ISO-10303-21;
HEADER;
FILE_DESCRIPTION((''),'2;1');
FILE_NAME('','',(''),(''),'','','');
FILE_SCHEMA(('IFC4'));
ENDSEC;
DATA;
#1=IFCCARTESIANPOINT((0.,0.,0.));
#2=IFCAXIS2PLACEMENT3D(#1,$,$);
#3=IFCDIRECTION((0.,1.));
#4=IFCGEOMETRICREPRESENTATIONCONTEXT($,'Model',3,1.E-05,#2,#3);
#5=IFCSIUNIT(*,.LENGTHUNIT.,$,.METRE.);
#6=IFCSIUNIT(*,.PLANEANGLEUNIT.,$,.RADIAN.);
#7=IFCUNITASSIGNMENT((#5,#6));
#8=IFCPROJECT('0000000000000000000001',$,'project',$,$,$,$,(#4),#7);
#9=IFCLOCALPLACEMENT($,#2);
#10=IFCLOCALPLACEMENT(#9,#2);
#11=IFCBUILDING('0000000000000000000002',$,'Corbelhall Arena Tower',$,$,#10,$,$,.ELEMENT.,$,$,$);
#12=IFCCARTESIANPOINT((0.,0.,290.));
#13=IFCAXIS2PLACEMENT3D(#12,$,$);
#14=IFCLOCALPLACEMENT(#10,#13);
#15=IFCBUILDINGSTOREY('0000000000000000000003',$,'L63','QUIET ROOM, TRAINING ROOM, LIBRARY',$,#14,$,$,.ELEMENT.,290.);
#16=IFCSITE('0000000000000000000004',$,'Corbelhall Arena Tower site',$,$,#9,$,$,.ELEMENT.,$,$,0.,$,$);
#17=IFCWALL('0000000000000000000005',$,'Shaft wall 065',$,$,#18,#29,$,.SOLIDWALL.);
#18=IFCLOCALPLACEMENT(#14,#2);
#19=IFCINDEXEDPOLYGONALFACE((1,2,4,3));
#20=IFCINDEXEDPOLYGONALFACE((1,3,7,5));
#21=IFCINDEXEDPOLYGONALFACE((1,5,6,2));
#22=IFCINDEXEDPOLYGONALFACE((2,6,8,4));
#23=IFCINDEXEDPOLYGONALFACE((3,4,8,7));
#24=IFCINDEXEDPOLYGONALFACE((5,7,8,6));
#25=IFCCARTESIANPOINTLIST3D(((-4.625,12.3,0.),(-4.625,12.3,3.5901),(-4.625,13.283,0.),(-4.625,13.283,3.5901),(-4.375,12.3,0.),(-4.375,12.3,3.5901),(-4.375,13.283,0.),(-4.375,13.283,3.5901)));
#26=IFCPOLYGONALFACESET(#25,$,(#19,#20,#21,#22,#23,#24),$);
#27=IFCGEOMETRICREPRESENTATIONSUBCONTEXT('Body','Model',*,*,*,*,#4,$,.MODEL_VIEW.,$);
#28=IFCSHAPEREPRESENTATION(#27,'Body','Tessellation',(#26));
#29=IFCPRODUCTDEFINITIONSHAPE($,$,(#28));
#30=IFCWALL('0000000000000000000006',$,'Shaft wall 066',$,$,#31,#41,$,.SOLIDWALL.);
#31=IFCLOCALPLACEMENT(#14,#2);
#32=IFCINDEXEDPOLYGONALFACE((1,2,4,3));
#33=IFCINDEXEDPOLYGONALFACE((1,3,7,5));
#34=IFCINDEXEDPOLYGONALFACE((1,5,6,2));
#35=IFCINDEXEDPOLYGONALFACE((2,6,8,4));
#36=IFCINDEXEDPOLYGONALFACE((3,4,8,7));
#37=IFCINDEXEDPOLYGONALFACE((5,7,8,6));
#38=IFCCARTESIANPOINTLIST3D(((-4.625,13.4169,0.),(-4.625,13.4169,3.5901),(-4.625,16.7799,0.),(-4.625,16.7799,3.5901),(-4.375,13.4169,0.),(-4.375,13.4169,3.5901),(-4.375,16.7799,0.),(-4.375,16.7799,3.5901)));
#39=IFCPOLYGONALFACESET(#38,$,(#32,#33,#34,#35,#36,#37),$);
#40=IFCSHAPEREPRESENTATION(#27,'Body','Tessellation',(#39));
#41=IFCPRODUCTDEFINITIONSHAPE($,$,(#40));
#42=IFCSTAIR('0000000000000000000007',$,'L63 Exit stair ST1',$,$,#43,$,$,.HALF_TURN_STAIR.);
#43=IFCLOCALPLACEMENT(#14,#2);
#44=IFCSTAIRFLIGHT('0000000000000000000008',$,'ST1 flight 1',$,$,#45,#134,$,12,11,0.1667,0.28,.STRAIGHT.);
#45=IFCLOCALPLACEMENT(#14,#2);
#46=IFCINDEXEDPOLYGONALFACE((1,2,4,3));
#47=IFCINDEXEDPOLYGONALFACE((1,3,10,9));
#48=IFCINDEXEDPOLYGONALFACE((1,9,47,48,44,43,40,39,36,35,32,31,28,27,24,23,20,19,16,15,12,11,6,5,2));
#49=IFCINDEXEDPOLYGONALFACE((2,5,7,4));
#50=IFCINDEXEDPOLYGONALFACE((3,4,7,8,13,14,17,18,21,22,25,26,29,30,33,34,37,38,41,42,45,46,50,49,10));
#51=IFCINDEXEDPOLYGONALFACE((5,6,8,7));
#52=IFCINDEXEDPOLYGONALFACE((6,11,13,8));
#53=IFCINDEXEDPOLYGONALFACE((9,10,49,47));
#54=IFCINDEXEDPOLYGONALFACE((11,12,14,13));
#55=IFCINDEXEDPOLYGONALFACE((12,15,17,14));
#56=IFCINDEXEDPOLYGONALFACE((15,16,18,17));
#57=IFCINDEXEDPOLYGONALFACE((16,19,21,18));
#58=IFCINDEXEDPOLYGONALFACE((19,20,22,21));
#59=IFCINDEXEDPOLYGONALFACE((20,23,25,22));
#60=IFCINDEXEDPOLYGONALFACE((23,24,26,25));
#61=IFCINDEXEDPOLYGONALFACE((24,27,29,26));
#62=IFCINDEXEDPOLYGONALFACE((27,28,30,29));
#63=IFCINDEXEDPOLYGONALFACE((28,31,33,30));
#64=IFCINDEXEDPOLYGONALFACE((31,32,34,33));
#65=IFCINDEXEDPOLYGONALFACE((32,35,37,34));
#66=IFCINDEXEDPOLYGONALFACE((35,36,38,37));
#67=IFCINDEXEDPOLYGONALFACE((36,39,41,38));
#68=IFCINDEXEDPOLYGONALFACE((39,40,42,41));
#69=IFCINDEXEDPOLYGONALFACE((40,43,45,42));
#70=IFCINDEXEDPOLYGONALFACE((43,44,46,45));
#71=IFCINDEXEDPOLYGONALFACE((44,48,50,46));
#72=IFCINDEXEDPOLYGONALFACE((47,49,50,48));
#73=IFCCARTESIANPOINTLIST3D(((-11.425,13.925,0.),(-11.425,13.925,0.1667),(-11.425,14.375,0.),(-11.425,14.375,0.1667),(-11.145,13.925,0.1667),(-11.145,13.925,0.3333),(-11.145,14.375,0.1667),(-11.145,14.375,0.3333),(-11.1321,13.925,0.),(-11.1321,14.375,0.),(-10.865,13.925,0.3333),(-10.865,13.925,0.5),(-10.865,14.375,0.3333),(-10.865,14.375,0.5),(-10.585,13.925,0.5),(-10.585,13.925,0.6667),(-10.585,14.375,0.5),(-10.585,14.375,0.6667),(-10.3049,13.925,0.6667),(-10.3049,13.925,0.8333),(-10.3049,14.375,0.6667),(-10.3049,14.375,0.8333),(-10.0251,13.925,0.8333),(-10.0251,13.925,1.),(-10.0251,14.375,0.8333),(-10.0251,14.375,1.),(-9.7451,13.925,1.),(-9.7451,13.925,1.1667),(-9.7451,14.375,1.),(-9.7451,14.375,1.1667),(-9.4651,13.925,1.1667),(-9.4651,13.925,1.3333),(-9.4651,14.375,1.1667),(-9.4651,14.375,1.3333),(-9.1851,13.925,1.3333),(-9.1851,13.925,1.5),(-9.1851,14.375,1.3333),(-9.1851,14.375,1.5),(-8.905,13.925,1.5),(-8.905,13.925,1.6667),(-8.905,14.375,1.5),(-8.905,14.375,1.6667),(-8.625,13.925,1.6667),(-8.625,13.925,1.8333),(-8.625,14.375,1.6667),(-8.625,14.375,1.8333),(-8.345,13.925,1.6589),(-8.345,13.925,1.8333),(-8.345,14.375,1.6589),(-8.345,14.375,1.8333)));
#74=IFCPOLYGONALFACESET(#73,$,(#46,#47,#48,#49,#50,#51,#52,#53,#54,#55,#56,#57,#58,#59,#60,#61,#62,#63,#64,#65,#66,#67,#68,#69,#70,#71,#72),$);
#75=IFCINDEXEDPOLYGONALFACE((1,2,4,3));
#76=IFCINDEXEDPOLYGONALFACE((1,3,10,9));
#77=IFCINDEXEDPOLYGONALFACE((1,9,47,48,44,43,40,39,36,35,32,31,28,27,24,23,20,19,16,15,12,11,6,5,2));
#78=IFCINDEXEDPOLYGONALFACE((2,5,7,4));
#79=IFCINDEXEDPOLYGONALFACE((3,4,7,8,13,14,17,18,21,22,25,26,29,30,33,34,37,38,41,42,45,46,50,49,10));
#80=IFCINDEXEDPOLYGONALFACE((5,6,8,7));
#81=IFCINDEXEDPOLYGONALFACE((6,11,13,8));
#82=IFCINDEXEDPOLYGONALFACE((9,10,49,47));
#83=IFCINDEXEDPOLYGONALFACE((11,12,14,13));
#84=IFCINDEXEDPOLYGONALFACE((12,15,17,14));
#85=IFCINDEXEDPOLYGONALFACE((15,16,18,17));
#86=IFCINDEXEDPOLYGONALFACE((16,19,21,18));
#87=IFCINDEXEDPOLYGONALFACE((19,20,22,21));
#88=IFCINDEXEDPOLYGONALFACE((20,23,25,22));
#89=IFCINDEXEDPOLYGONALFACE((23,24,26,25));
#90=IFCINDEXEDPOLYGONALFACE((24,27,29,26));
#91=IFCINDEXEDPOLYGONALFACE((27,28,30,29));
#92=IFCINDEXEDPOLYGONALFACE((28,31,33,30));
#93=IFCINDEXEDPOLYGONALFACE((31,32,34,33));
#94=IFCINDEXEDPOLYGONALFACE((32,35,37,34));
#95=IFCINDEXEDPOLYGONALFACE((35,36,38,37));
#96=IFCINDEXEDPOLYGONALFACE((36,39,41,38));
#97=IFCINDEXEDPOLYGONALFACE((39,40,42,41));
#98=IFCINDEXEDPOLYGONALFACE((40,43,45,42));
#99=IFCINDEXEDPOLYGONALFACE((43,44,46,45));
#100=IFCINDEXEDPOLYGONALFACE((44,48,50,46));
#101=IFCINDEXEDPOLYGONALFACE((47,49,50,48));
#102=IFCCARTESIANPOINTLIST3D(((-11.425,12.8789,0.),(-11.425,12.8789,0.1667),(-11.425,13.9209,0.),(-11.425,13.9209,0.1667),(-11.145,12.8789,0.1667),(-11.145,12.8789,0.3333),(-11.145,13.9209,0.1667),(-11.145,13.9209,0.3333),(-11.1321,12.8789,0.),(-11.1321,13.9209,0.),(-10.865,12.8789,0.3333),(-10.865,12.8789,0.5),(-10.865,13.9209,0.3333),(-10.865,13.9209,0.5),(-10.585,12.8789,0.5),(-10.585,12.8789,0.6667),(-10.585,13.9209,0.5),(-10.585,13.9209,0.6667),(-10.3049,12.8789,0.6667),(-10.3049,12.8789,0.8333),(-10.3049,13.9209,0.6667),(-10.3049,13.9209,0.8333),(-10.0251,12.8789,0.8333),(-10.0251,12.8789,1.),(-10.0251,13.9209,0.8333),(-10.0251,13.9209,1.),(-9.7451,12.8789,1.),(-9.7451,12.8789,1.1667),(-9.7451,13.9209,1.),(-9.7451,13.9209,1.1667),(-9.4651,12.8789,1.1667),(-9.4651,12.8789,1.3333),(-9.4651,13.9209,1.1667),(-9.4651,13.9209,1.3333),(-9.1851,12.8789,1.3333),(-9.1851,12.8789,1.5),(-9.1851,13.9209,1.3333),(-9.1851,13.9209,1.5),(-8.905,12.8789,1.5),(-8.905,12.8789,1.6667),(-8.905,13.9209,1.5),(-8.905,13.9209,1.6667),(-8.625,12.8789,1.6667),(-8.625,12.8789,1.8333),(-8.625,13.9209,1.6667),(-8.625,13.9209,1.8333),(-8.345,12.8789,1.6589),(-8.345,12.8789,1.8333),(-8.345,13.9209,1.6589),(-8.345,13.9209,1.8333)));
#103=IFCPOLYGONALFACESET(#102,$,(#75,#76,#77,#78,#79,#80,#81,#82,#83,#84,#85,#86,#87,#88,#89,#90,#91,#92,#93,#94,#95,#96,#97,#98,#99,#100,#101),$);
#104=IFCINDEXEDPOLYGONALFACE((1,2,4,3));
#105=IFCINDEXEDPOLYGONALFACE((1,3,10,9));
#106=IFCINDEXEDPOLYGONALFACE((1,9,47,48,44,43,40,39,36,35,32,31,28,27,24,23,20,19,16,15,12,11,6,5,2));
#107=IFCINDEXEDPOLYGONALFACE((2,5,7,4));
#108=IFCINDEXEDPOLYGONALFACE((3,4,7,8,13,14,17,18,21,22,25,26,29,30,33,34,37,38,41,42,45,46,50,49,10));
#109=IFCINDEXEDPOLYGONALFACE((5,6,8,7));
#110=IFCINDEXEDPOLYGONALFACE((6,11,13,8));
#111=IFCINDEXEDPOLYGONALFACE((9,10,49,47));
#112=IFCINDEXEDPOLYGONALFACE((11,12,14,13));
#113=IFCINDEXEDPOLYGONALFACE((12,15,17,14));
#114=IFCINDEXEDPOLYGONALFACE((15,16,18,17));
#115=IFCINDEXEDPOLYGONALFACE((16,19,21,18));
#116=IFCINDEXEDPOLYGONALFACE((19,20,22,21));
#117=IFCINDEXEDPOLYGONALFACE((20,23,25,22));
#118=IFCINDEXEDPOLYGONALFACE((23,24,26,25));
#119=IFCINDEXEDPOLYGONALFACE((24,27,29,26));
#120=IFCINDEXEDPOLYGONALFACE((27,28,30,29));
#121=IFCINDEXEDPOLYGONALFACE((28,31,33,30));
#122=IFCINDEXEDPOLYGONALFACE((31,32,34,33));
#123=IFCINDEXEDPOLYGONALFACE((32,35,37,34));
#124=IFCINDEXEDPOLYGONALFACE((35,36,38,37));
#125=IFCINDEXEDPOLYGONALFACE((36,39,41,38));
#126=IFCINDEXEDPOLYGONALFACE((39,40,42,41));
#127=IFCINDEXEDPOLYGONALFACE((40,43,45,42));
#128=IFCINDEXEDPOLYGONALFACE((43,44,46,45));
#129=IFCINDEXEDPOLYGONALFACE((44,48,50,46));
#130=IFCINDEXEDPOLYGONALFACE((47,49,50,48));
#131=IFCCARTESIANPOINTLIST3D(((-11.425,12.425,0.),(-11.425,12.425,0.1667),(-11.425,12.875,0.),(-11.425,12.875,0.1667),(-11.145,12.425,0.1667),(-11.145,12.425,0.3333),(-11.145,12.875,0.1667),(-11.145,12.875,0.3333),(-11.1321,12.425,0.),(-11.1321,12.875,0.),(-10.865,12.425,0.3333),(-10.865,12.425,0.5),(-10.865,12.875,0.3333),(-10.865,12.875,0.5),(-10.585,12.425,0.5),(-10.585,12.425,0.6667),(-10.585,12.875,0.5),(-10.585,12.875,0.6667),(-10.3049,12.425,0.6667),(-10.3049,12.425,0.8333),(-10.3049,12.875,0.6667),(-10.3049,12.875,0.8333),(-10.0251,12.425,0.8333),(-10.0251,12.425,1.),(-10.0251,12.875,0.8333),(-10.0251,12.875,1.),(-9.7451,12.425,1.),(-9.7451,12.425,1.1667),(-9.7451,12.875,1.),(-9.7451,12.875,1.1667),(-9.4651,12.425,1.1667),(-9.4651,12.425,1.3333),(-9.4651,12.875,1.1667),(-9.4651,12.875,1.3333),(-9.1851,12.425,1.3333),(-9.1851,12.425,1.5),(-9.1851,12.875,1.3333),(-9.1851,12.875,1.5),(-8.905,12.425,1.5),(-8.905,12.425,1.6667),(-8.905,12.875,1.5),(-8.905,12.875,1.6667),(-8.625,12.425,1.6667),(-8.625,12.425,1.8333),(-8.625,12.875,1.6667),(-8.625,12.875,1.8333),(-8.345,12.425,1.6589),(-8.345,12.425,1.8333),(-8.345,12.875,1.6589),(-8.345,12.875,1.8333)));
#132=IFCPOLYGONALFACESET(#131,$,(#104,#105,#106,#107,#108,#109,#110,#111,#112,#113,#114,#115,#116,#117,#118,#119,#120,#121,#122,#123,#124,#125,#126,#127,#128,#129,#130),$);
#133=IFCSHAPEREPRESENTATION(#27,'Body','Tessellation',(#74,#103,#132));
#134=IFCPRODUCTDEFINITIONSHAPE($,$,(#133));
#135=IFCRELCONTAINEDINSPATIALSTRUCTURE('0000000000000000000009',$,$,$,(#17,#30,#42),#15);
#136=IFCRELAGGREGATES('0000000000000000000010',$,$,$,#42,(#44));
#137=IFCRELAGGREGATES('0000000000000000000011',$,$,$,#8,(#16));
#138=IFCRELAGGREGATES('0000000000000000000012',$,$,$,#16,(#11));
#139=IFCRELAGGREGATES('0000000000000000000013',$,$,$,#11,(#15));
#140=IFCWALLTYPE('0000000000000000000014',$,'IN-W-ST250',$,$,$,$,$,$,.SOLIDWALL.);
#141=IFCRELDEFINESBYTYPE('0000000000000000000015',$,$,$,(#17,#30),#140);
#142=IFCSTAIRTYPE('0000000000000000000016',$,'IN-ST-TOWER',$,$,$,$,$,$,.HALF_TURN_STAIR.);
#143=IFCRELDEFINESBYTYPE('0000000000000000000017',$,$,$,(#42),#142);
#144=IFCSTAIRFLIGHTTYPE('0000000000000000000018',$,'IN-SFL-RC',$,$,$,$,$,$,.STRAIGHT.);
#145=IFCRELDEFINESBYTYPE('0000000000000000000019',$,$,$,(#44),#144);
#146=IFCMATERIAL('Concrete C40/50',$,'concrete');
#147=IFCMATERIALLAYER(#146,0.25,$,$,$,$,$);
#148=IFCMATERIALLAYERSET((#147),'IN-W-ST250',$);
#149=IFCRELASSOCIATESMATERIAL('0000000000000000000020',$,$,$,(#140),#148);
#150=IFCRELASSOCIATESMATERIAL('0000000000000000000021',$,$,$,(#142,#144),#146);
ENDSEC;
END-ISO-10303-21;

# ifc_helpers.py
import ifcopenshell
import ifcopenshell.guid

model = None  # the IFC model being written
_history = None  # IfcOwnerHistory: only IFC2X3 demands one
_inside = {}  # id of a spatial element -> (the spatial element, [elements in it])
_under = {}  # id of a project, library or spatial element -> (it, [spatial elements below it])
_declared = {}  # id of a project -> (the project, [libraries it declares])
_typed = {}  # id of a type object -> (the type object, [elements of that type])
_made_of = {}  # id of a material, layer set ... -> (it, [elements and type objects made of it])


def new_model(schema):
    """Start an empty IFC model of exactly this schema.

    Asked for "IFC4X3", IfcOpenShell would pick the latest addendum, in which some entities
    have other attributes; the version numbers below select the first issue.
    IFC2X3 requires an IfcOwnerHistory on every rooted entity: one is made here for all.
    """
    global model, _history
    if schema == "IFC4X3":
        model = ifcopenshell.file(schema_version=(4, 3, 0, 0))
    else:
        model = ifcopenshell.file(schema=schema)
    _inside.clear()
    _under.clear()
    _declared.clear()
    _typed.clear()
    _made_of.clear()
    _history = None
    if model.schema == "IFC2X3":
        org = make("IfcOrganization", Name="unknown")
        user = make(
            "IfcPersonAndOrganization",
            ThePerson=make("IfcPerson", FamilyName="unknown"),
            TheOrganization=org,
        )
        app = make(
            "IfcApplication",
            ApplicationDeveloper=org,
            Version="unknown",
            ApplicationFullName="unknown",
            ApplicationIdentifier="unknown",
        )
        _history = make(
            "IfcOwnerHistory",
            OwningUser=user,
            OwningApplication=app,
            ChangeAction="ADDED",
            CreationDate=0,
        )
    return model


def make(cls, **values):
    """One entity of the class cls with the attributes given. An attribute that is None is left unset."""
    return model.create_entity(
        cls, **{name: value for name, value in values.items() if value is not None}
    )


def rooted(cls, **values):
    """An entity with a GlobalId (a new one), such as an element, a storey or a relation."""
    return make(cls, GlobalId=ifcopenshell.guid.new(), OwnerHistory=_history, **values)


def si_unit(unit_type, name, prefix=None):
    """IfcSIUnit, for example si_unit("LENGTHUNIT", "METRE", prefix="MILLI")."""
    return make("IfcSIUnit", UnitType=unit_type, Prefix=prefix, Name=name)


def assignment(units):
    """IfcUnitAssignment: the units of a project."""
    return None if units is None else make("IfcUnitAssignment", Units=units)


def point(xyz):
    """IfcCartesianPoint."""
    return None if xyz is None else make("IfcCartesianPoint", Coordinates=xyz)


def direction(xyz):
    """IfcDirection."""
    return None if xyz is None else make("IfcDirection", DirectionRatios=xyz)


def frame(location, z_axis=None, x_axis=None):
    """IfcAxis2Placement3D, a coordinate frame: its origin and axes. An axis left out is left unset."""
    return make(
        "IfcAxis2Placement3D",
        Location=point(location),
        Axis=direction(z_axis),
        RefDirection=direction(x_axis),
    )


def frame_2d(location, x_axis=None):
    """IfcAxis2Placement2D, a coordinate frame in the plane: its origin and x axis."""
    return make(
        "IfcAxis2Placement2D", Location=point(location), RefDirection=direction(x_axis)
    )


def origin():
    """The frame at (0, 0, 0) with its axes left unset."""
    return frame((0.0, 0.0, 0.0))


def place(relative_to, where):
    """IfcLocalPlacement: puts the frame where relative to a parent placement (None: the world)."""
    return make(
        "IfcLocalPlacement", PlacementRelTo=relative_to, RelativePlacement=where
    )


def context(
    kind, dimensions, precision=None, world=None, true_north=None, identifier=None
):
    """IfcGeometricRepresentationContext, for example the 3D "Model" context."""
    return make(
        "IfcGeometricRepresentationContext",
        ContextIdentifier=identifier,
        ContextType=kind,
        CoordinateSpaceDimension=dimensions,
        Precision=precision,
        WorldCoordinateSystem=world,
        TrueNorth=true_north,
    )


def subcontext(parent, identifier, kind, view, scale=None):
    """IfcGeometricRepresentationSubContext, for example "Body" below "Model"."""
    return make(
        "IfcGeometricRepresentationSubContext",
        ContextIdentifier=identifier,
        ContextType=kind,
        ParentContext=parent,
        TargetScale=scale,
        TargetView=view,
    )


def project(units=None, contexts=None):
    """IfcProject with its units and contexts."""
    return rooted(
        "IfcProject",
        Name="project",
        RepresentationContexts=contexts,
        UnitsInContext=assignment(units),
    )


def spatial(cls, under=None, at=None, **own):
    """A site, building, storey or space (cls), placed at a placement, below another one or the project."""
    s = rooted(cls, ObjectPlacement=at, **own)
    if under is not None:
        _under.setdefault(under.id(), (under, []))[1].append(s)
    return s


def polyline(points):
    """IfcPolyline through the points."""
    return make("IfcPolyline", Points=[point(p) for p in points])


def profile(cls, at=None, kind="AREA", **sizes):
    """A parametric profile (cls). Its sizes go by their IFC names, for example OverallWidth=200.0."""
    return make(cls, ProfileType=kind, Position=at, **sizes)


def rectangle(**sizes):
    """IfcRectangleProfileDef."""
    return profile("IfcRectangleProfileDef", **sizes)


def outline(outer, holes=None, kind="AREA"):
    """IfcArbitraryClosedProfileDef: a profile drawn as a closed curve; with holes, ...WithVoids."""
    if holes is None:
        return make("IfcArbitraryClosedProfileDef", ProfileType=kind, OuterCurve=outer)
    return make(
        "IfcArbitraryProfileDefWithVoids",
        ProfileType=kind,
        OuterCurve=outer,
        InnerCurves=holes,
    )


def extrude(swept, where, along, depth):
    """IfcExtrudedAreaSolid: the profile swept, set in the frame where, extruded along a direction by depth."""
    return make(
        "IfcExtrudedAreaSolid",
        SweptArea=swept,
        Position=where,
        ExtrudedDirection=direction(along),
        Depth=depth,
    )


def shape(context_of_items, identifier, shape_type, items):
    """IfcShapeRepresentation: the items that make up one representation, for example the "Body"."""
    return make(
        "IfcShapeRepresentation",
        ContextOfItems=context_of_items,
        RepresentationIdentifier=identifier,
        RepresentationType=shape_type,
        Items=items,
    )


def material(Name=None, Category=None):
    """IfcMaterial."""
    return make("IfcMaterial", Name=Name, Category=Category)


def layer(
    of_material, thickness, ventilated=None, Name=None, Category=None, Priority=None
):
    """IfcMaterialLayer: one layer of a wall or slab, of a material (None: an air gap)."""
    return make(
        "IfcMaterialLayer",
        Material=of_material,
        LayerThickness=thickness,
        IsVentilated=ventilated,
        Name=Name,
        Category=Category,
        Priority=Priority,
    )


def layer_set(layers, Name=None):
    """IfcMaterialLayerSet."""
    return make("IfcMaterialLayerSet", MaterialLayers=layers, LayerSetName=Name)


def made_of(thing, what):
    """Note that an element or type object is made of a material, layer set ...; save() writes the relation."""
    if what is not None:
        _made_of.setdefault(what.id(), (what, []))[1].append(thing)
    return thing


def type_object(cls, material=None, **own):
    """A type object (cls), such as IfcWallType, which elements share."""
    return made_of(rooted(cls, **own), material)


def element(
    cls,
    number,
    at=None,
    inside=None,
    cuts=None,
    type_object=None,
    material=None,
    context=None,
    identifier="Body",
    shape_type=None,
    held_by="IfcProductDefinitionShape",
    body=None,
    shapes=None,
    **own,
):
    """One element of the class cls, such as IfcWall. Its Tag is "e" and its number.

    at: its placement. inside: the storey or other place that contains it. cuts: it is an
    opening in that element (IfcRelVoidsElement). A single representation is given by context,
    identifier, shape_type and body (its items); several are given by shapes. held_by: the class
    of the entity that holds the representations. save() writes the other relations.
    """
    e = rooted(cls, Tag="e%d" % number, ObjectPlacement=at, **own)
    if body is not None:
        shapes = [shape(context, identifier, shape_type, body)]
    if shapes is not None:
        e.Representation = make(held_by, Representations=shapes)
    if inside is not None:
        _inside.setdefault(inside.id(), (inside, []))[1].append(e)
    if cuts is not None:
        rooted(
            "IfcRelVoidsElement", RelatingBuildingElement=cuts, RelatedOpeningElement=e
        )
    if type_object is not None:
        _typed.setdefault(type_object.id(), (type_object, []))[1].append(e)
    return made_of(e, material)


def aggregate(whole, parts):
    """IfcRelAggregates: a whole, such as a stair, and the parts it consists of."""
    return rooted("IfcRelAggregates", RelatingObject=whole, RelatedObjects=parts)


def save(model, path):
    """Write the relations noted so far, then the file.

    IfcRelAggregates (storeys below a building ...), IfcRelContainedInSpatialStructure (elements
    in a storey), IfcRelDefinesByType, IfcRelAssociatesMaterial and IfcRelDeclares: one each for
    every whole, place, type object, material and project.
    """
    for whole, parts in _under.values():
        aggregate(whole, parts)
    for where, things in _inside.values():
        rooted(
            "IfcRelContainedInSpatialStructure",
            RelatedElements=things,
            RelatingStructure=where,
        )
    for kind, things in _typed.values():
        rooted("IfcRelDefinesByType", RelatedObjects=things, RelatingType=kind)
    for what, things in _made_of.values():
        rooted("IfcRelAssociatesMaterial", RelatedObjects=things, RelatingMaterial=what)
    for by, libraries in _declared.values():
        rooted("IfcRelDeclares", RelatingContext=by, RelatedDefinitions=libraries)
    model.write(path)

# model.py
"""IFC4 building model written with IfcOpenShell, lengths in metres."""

from ifc_helpers import new_model, si_unit, direction, frame, frame_2d, origin, place, context, subcontext, project, spatial, polyline, rectangle, outline, extrude, material, layer, layer_set, type_object, element, aggregate, save


model = new_model("IFC4")

# Units and contexts
model_context = context("Model", 3, precision=1e-05, world=origin(), true_north=direction((0.0, 1.0)))
body_context = subcontext(model_context, "Body", "Model", "MODEL_VIEW")
ifc_project = project(units=[si_unit("LENGTHUNIT", "METRE"), si_unit("PLANEANGLEUNIT", "RADIAN")], contexts=[model_context])

# Site, building, storey
site_placement = place(None, origin())
site = spatial("IfcSite", under=ifc_project, at=site_placement, Name="Corbelhall Arena Tower site", CompositionType="ELEMENT", RefElevation=0.0)
building_placement = place(site_placement, origin())
building = spatial("IfcBuilding", under=site, at=building_placement, Name="Corbelhall Arena Tower", CompositionType="ELEMENT")
storey_placement = place(building_placement, frame((0.0, 0.0, 290.0)))
storey = spatial("IfcBuildingStorey", under=building, at=storey_placement, Name="L63", Description="QUIET ROOM, TRAINING ROOM, LIBRARY", CompositionType="ELEMENT", Elevation=290.0)

# Walls
ifc_material_1 = material(Name="Concrete C40/50", Category="concrete")
ifc_layer_1 = layer(ifc_material_1, 0.25)
ifc_layer_set_1 = layer_set([ifc_layer_1], Name="IN-W-ST250")
wall_type_1 = type_object("IfcWallType", Name="IN-W-ST250", PredefinedType="SOLIDWALL", material=ifc_layer_set_1)
wall_1_placement = place(storey_placement, frame((-4.5, 13.283, 0.0), z_axis=(0.0, 0.0, 1.0), x_axis=(0.0, -1.0, 0.0)))
element("IfcWall", 1, at=wall_1_placement, inside=storey, type_object=wall_type_1, Name="Shaft wall 065", PredefinedType="SOLIDWALL", context=body_context, shape_type="SweptSolid", body=[
    extrude(rectangle(XDim=0.9829, YDim=0.25, at=frame_2d((0.4915, 0.0))), origin(), (0.0, 0.0, 1.0), 3.5901),
])
wall_2_placement = place(storey_placement, frame((-4.5, 16.78, 0.0), z_axis=(0.0, 0.0, 1.0), x_axis=(0.0, -1.0, 0.0)))
element("IfcWall", 2, at=wall_2_placement, inside=storey, type_object=wall_type_1, Name="Shaft wall 066", PredefinedType="SOLIDWALL", context=body_context, shape_type="SweptSolid", body=[
    extrude(rectangle(XDim=3.363, YDim=0.25, at=frame_2d((1.6816, 0.0))), origin(), (0.0, 0.0, 1.0), 3.5901),
])

# Stair, stair flight
stair_type = type_object("IfcStairType", Name="IN-ST-TOWER", PredefinedType="HALF_TURN_STAIR", material=ifc_material_1)
stair_placement = place(storey_placement, origin())
stair = element("IfcStair", 3, at=stair_placement, inside=storey, type_object=stair_type, Name="L63 Exit stair ST1", PredefinedType="HALF_TURN_STAIR")
stair_flight_type = type_object("IfcStairFlightType", Name="IN-SFL-RC", PredefinedType="STRAIGHT", material=ifc_material_1)
stair_flight_1_placement = place(storey_placement, frame((-11.425, 13.3999, 0.0), z_axis=(0.0, 0.0, 1.0), x_axis=(1.0, 0.0, 0.0)))
stair_flight_1 = element("IfcStairFlight", 4, at=stair_flight_1_placement, type_object=stair_flight_type, Name="ST1 flight 1", NumberOfRisers=12, NumberOfTreads=11, PredefinedType="STRAIGHT", RiserHeight=0.1667, TreadLength=0.28, context=body_context, shape_type="SweptSolid", body=[
    extrude(outline(polyline([(0.0, 0.0), (0.0, 0.1667), (0.28, 0.1667), (0.28, 0.3333), (0.5601, 0.3333), (0.5601, 0.5), (0.8401, 0.5), (0.8401, 0.6667), (1.1201, 0.6667), (1.1201, 0.8333), (1.3999, 0.8333), (1.3999, 1.0), (1.6799, 1.0), (1.6799, 1.1667), (1.96, 1.1667), (1.96, 1.3333), (2.24, 1.3333), (2.24, 1.5), (2.52, 1.5), (2.52, 1.6667), (2.8, 1.6667), (2.8, 1.8333), (3.0801, 1.8333), (3.0801, 2.0), (3.0801, 1.6589), (0.293, 0.0), (0.0, 0.0)])), frame((0.0, 0.9751, 0.0), z_axis=(0.0, -1.0, 0.0), x_axis=(1.0, 0.0, 0.0)), (0.0, 0.0, 1.0), 0.45),
    extrude(outline(polyline([(0.0, 0.0), (0.0, 0.1667), (0.28, 0.1667), (0.28, 0.3333), (0.5601, 0.3333), (0.5601, 0.5), (0.8401, 0.5), (0.8401, 0.6667), (1.1201, 0.6667), (1.1201, 0.8333), (1.3999, 0.8333), (1.3999, 1.0), (1.6799, 1.0), (1.6799, 1.1667), (1.96, 1.1667), (1.96, 1.3333), (2.24, 1.3333), (2.24, 1.5), (2.52, 1.5), (2.52, 1.6667), (2.8, 1.6667), (2.8, 1.8333), (3.0801, 1.8333), (3.0801, 2.0), (3.0801, 1.6589), (0.293, 0.0), (0.0, 0.0)])), frame((0.0, 0.521, 0.0), z_axis=(0.0, -1.0, 0.0), x_axis=(1.0, 0.0, 0.0)), (0.0, 0.0, 1.0), 1.042),
    extrude(outline(polyline([(0.0, 0.0), (0.0, 0.1667), (0.28, 0.1667), (0.28, 0.3333), (0.5601, 0.3333), (0.5601, 0.5), (0.8401, 0.5), (0.8401, 0.6667), (1.1201, 0.6667), (1.1201, 0.8333), (1.3999, 0.8333), (1.3999, 1.0), (1.6799, 1.0), (1.6799, 1.1667), (1.96, 1.1667), (1.96, 1.3333), (2.24, 1.3333), (2.24, 1.5), (2.52, 1.5), (2.52, 1.6667), (2.8, 1.6667), (2.8, 1.8333), (3.0801, 1.8333), (3.0801, 2.0), (3.0801, 1.6589), (0.293, 0.0), (0.0, 0.0)])), frame((0.0, -0.5249, 0.0), z_axis=(0.0, -1.0, 0.0), x_axis=(1.0, 0.0, 0.0)), (0.0, 0.0, 1.0), 0.45),
])
aggregate(stair, [stair_flight_1])

save(model, "model.ifc")
